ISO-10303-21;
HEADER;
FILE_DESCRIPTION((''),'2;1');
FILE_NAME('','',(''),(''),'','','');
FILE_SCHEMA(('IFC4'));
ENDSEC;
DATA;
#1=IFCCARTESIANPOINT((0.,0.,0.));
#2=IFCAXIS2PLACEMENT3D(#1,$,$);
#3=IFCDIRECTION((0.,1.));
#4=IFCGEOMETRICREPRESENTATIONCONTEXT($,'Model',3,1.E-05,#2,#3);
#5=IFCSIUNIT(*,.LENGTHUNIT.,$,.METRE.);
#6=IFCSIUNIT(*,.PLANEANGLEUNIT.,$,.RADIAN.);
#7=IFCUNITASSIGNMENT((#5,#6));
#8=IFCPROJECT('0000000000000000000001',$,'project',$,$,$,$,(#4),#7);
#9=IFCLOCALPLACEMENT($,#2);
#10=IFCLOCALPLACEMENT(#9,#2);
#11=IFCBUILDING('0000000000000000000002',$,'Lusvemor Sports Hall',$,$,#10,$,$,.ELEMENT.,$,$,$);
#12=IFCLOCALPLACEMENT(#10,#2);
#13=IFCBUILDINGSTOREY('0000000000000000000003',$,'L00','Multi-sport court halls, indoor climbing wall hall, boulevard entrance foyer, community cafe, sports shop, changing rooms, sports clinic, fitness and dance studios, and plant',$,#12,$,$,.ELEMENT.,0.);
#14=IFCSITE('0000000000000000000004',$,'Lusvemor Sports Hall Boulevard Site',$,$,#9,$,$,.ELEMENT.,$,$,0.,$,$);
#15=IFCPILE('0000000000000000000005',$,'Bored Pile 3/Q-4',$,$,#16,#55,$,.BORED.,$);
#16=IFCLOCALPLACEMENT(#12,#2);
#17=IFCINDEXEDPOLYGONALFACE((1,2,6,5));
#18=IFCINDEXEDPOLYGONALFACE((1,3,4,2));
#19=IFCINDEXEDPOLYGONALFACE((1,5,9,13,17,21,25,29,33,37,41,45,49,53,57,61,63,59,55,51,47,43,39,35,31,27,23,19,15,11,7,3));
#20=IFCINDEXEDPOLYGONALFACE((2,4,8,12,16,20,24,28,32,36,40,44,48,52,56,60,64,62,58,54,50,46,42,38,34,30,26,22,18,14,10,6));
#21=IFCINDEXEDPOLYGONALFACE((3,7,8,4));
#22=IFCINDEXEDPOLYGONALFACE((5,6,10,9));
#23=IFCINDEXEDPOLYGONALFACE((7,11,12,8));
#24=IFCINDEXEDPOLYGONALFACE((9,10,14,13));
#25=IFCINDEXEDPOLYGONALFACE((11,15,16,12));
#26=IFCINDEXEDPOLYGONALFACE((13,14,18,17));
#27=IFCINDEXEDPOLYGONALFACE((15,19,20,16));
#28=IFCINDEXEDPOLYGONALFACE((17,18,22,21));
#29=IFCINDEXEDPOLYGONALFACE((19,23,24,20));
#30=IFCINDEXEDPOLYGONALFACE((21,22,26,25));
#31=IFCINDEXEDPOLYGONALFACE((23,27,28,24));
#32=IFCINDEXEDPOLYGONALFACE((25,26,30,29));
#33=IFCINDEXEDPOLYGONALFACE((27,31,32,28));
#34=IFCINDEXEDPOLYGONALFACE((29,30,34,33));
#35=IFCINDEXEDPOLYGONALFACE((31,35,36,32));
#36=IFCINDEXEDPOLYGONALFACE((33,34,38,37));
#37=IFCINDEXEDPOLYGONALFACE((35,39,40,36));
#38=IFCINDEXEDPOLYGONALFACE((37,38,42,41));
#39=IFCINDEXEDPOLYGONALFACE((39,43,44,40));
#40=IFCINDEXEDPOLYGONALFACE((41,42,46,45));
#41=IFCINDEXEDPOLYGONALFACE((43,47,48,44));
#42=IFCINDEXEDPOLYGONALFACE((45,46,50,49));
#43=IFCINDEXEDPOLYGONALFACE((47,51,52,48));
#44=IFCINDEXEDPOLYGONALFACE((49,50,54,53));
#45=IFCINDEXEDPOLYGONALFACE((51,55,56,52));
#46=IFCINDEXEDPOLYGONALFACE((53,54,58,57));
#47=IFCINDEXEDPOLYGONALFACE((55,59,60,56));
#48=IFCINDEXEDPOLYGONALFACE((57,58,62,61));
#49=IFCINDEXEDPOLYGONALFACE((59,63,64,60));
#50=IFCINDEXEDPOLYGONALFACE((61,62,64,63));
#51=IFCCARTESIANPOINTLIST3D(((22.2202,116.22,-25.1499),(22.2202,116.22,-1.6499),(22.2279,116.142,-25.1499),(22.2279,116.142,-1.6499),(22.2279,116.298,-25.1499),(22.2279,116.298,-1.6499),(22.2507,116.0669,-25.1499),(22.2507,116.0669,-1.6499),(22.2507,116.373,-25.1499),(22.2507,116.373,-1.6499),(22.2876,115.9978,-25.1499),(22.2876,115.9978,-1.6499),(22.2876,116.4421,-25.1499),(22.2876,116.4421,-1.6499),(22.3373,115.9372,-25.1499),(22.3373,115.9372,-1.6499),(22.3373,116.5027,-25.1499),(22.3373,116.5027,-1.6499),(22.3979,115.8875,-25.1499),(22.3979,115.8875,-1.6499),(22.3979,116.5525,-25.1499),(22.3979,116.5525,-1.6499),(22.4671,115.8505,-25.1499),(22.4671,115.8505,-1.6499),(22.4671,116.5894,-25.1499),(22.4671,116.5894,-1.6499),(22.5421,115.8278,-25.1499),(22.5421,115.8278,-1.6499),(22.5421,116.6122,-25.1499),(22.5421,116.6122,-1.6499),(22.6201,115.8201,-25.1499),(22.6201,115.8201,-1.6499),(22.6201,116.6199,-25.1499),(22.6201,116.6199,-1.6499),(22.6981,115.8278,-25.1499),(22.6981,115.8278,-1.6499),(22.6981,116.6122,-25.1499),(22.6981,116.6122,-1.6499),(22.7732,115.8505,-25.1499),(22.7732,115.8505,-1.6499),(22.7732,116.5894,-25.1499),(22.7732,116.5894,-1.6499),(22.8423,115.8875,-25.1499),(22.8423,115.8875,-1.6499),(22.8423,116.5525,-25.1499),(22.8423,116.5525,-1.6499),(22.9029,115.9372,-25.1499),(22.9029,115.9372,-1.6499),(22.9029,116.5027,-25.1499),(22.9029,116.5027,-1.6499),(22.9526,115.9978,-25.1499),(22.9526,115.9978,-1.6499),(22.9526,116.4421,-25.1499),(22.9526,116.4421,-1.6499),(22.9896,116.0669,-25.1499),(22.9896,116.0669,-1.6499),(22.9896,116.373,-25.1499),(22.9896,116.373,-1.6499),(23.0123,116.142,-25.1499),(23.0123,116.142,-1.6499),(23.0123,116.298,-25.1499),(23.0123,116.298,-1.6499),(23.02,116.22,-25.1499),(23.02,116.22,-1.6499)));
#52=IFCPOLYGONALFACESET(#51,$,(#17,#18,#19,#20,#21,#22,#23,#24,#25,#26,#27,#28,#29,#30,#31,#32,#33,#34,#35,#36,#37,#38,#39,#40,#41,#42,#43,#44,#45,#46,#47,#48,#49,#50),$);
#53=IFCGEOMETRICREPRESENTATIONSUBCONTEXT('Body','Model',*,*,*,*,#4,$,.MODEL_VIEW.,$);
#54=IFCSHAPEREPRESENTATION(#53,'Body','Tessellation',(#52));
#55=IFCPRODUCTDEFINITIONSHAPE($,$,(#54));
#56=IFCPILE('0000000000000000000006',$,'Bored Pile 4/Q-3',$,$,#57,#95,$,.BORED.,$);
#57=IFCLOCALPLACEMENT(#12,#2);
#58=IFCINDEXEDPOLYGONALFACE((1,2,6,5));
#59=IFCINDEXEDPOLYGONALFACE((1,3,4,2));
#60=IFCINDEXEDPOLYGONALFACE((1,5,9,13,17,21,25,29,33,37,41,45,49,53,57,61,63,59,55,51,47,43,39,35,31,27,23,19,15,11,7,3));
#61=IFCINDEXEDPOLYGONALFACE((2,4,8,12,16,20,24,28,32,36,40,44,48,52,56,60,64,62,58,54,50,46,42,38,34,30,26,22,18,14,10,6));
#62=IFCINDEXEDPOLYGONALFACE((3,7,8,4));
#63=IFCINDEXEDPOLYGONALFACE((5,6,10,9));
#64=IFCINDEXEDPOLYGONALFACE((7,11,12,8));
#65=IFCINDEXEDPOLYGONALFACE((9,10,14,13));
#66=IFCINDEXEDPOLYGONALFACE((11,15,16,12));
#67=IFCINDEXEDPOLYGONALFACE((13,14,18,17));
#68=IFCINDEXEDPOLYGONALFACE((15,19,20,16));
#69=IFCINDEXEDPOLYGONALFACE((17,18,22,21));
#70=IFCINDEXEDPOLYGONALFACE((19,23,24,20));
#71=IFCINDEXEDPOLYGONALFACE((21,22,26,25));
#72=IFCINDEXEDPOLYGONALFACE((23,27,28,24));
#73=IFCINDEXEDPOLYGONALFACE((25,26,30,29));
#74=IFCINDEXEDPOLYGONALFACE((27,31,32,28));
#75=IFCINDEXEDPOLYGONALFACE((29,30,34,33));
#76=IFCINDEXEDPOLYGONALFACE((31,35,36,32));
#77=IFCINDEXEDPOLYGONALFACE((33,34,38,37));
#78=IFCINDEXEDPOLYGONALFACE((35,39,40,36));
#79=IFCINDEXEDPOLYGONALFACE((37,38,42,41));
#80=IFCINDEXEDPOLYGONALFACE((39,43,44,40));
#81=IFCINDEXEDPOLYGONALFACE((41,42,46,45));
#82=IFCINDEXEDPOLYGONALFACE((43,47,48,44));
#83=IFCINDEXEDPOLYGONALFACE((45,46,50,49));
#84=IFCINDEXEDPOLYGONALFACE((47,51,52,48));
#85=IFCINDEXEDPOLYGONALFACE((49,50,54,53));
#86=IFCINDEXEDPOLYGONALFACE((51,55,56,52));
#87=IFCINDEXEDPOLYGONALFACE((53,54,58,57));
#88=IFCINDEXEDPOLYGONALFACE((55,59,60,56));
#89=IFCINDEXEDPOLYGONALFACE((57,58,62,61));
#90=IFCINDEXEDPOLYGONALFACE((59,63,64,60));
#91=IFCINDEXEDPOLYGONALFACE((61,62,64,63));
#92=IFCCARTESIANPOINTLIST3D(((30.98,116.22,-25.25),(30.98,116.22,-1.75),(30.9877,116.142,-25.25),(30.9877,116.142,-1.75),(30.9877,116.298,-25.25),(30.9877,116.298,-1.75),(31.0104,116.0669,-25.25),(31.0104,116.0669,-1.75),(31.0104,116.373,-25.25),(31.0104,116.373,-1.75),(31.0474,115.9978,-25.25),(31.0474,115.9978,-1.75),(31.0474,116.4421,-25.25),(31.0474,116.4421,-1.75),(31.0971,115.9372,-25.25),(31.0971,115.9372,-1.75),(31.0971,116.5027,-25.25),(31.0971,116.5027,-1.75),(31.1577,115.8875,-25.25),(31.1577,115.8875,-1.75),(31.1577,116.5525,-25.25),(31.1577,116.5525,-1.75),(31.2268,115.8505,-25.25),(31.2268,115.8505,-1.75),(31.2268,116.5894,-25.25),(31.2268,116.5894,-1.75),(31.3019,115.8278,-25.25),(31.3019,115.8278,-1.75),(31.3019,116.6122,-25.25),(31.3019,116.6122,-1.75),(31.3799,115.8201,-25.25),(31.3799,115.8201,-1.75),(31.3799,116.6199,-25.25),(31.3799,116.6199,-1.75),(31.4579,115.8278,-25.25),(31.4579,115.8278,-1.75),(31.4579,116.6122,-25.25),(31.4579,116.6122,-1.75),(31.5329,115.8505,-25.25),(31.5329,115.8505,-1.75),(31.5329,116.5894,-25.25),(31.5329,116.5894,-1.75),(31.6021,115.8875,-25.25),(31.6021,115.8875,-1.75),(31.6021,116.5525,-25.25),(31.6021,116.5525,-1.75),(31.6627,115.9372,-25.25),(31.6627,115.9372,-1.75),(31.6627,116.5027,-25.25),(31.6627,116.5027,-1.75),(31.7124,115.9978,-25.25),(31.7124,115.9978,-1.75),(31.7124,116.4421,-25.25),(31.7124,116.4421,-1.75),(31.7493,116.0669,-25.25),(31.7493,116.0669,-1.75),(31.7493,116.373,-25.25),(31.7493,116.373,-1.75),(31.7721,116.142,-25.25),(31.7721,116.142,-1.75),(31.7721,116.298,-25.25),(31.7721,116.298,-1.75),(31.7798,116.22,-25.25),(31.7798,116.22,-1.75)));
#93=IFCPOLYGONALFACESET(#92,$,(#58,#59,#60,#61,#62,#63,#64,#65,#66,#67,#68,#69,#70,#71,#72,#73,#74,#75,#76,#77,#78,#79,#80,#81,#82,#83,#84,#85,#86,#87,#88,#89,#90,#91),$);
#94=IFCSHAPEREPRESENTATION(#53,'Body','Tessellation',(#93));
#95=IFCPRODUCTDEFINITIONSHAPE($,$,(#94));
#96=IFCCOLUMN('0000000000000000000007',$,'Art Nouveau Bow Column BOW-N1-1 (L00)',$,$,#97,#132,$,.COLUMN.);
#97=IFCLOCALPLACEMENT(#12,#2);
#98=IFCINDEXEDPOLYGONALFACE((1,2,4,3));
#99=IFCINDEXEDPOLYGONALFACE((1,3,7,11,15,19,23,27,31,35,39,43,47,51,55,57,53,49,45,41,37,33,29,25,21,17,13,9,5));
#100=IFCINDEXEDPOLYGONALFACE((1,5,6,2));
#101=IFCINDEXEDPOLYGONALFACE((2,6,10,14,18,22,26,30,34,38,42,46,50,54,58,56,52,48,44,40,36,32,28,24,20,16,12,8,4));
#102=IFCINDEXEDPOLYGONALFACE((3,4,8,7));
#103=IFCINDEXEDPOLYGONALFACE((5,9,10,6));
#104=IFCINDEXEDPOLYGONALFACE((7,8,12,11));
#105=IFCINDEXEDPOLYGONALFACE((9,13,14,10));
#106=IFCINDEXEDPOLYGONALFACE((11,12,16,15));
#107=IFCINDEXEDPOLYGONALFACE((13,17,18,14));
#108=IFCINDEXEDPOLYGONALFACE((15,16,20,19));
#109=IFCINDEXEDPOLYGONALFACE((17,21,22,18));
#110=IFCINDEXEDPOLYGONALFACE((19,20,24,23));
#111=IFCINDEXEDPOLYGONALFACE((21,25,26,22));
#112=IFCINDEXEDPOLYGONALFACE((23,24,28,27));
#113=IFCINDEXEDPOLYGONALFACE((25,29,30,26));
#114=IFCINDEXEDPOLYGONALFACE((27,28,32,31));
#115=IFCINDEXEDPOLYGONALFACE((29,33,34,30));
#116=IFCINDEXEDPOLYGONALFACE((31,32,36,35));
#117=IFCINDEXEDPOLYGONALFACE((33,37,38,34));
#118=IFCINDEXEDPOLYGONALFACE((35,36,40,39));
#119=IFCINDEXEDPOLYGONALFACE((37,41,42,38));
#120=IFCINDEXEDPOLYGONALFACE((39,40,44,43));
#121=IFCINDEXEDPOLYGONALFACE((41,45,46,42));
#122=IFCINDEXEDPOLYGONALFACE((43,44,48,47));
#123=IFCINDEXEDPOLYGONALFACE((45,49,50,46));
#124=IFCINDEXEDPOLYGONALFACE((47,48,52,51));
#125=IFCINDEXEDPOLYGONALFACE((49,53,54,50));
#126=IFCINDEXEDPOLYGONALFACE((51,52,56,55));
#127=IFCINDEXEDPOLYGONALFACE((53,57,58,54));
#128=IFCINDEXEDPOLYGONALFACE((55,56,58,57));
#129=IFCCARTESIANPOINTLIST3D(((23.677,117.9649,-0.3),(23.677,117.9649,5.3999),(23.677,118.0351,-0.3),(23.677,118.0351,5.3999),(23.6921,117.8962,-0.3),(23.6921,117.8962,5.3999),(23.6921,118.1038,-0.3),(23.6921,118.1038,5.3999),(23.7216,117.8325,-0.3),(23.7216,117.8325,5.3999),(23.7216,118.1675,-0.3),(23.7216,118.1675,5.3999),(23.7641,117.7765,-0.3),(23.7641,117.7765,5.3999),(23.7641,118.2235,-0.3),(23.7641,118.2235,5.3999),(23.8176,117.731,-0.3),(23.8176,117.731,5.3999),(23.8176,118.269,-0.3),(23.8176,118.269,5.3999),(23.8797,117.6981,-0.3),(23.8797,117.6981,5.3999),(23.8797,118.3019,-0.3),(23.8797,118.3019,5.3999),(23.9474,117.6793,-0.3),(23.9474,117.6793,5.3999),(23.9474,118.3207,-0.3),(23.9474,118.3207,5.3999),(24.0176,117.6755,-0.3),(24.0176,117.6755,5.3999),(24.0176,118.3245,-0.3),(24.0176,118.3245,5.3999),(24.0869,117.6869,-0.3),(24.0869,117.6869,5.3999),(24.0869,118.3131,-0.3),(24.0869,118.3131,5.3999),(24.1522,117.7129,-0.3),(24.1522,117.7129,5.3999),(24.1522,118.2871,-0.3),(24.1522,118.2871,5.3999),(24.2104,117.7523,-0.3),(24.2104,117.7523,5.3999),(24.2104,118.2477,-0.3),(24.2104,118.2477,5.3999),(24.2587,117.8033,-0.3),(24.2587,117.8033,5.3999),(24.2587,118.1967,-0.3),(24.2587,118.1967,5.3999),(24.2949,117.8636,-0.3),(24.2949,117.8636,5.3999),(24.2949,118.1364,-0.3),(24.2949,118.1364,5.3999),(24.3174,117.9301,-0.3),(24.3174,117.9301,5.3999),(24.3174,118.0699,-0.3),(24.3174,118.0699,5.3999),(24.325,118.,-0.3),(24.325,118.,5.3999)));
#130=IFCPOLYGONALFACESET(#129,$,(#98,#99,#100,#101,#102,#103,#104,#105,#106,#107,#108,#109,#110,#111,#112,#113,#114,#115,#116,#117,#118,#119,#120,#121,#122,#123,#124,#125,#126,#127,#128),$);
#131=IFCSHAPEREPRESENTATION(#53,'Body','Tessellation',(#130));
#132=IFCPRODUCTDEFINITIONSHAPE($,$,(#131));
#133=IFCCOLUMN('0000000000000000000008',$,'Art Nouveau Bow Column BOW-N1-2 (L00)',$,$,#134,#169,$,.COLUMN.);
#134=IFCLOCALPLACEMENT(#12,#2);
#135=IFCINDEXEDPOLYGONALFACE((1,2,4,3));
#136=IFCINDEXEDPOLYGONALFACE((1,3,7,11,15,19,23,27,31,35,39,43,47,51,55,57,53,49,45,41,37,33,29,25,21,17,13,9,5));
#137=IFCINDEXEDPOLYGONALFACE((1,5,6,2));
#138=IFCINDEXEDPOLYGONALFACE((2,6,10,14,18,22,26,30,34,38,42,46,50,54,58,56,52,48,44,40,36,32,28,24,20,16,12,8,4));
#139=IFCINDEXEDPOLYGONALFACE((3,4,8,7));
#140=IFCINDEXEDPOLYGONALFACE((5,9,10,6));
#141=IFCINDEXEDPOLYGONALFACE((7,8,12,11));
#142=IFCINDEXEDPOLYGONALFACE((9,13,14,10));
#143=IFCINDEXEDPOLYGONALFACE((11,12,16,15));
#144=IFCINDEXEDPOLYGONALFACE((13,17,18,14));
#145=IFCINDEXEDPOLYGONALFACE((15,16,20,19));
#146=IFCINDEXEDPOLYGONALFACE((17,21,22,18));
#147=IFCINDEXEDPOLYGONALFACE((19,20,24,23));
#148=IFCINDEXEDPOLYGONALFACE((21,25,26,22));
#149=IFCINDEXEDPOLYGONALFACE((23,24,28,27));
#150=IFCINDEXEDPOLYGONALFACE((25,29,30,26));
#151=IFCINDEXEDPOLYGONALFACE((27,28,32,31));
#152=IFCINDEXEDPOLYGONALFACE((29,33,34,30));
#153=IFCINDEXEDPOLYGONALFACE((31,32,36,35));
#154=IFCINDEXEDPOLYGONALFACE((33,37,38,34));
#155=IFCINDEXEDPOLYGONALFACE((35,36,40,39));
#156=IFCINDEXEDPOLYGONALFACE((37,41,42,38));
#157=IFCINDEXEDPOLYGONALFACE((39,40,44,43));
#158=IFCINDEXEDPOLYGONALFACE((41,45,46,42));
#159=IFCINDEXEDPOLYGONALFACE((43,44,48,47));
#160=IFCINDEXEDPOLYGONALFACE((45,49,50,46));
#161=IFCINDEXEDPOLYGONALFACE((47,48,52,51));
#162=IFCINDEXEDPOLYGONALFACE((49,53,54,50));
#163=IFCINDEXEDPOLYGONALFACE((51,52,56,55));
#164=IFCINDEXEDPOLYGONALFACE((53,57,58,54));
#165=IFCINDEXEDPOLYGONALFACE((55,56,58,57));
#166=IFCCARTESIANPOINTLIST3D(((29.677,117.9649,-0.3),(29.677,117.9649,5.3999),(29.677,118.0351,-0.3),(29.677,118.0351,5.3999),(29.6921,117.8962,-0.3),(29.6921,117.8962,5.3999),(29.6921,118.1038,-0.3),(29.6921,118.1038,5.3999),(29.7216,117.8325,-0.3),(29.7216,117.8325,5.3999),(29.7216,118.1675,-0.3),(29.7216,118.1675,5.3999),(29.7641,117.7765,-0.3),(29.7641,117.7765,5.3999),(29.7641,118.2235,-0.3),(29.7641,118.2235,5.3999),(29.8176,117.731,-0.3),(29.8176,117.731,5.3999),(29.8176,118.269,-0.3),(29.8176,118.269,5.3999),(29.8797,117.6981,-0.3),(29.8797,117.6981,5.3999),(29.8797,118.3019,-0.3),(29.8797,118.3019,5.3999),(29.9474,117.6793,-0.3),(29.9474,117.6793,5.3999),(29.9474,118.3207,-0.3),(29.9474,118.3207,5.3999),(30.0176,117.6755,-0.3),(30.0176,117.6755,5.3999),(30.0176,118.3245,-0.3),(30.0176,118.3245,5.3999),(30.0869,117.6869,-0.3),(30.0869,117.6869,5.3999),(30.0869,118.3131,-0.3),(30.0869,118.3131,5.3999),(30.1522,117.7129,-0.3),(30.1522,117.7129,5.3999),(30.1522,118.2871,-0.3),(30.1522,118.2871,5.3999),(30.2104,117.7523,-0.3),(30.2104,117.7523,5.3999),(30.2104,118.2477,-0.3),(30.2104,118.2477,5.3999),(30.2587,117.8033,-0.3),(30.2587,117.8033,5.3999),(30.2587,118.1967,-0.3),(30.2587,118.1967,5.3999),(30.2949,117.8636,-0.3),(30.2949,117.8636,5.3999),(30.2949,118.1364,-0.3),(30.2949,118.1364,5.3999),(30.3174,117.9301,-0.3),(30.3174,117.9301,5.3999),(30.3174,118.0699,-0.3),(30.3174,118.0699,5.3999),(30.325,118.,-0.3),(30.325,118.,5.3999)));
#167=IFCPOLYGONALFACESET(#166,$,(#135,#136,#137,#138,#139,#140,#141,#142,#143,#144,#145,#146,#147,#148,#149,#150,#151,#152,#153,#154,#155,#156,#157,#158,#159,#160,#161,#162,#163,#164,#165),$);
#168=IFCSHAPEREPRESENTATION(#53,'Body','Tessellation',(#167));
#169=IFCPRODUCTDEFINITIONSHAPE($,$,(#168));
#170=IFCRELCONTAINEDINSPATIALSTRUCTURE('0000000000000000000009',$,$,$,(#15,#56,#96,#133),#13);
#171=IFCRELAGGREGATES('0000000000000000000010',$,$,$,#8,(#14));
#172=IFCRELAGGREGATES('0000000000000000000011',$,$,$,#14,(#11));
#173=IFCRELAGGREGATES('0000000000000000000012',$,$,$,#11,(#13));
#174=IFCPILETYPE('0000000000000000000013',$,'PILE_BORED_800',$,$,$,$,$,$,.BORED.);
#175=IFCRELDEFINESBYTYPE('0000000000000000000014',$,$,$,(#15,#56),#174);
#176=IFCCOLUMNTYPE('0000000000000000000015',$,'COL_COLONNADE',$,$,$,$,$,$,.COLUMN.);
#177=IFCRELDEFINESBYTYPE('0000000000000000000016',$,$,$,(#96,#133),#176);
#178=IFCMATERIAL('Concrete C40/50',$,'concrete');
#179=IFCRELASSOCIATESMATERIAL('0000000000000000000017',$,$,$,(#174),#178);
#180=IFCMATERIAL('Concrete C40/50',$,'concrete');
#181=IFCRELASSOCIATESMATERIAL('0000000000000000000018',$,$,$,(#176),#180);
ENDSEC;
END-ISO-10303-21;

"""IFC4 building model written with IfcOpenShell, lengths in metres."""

from ifc_helpers import new_model, si_unit, direction, frame, origin, origin_2d, place, context, subcontext, project, spatial, circle, extrude, material, material_profile, profile_set, type_object, element, save


model = new_model("IFC4")

# Units and contexts
model_context = context("Model", 3, precision=1e-05, world=origin(), true_north=direction((0.0, 1.0)))
body_context = subcontext(model_context, "Body", "Model", "MODEL_VIEW")
ifc_project = project(units=[si_unit("LENGTHUNIT", "METRE"), si_unit("PLANEANGLEUNIT", "RADIAN")], contexts=[model_context])

# Site, building, storey
site_placement = place(None, origin())
site = spatial("IfcSite", under=ifc_project, at=site_placement, Name="Lusvemor Sports Hall Boulevard Site", CompositionType="ELEMENT", RefElevation=0.0)
building_placement = place(site_placement, origin())
building = spatial("IfcBuilding", under=site, at=building_placement, Name="Lusvemor Sports Hall", CompositionType="ELEMENT")
storey_placement = place(building_placement, origin())
storey = spatial("IfcBuildingStorey", under=building, at=storey_placement, Name="L00", Description="Multi-sport court halls, indoor climbing wall hall, boulevard entrance foyer, community cafe, sports shop, changing rooms, sports clinic, fitness and dance studios, and plant", CompositionType="ELEMENT", Elevation=0.0)

# Piles
ifc_material_1 = material(Name="Concrete C40/50", Category="concrete")
ifc_material_profile_1 = material_profile(ifc_material_1, circle(Radius=0.3999, at=origin_2d()), Name="PILE800")
ifc_profile_set_1 = profile_set([ifc_material_profile_1], Name="Concrete C40/50")
pile_type_1 = type_object("IfcPileType", Name="PILE_BORED_800", PredefinedType="BORED", material=ifc_profile_set_1)
for number, where, z_axis, x_axis, name in (
    (1, (22.6201, 116.22, -1.6499), (0.0, 0.0, -1.0), (1.0, 0.0, 0.0), "Bored Pile 3/Q-4"),
    (2, (31.3799, 116.22, -1.75), (0.0, 0.0, -1.0), (1.0, 0.0, 0.0), "Bored Pile 4/Q-3"),
):
    element("IfcPile", number, at=place(storey_placement, frame(where, z_axis=z_axis, x_axis=x_axis)), inside=storey, type_object=pile_type_1, Name=name, PredefinedType="BORED", context=body_context, shape_type="SweptSolid", body=[
        extrude(circle(Radius=0.3999, at=origin_2d()), origin(), (0.0, 0.0, 1.0), 23.5),
    ])

# Columns
ifc_material_2 = material(Name="Concrete C40/50", Category="concrete")
ifc_material_profile_2 = material_profile(ifc_material_2, circle(Radius=0.325, at=origin_2d()), Name="RCCIRC650")
ifc_profile_set_2 = profile_set([ifc_material_profile_2], Name="Concrete C40/50")
column_type = type_object("IfcColumnType", Name="COL_COLONNADE", PredefinedType="COLUMN", material=ifc_profile_set_2)
for number, where, z_axis, x_axis, name in (
    (3, (24.0, 118.0, -0.3), (0.0, 0.0, 1.0), (1.0, 0.0, 0.0), "Art Nouveau Bow Column BOW-N1-1 (L00)"),
    (4, (30.0, 118.0, -0.3), (0.0, 0.0, 1.0), (1.0, 0.0, 0.0), "Art Nouveau Bow Column BOW-N1-2 (L00)"),
):
    element("IfcColumn", number, at=place(storey_placement, frame(where, z_axis=z_axis, x_axis=x_axis)), inside=storey, type_object=column_type, Name=name, PredefinedType="COLUMN", context=body_context, shape_type="SweptSolid", body=[
        extrude(circle(Radius=0.325, at=origin_2d()), origin(), (0.0, 0.0, 1.0), 5.7),
    ])

save(model, "model.ifc")
